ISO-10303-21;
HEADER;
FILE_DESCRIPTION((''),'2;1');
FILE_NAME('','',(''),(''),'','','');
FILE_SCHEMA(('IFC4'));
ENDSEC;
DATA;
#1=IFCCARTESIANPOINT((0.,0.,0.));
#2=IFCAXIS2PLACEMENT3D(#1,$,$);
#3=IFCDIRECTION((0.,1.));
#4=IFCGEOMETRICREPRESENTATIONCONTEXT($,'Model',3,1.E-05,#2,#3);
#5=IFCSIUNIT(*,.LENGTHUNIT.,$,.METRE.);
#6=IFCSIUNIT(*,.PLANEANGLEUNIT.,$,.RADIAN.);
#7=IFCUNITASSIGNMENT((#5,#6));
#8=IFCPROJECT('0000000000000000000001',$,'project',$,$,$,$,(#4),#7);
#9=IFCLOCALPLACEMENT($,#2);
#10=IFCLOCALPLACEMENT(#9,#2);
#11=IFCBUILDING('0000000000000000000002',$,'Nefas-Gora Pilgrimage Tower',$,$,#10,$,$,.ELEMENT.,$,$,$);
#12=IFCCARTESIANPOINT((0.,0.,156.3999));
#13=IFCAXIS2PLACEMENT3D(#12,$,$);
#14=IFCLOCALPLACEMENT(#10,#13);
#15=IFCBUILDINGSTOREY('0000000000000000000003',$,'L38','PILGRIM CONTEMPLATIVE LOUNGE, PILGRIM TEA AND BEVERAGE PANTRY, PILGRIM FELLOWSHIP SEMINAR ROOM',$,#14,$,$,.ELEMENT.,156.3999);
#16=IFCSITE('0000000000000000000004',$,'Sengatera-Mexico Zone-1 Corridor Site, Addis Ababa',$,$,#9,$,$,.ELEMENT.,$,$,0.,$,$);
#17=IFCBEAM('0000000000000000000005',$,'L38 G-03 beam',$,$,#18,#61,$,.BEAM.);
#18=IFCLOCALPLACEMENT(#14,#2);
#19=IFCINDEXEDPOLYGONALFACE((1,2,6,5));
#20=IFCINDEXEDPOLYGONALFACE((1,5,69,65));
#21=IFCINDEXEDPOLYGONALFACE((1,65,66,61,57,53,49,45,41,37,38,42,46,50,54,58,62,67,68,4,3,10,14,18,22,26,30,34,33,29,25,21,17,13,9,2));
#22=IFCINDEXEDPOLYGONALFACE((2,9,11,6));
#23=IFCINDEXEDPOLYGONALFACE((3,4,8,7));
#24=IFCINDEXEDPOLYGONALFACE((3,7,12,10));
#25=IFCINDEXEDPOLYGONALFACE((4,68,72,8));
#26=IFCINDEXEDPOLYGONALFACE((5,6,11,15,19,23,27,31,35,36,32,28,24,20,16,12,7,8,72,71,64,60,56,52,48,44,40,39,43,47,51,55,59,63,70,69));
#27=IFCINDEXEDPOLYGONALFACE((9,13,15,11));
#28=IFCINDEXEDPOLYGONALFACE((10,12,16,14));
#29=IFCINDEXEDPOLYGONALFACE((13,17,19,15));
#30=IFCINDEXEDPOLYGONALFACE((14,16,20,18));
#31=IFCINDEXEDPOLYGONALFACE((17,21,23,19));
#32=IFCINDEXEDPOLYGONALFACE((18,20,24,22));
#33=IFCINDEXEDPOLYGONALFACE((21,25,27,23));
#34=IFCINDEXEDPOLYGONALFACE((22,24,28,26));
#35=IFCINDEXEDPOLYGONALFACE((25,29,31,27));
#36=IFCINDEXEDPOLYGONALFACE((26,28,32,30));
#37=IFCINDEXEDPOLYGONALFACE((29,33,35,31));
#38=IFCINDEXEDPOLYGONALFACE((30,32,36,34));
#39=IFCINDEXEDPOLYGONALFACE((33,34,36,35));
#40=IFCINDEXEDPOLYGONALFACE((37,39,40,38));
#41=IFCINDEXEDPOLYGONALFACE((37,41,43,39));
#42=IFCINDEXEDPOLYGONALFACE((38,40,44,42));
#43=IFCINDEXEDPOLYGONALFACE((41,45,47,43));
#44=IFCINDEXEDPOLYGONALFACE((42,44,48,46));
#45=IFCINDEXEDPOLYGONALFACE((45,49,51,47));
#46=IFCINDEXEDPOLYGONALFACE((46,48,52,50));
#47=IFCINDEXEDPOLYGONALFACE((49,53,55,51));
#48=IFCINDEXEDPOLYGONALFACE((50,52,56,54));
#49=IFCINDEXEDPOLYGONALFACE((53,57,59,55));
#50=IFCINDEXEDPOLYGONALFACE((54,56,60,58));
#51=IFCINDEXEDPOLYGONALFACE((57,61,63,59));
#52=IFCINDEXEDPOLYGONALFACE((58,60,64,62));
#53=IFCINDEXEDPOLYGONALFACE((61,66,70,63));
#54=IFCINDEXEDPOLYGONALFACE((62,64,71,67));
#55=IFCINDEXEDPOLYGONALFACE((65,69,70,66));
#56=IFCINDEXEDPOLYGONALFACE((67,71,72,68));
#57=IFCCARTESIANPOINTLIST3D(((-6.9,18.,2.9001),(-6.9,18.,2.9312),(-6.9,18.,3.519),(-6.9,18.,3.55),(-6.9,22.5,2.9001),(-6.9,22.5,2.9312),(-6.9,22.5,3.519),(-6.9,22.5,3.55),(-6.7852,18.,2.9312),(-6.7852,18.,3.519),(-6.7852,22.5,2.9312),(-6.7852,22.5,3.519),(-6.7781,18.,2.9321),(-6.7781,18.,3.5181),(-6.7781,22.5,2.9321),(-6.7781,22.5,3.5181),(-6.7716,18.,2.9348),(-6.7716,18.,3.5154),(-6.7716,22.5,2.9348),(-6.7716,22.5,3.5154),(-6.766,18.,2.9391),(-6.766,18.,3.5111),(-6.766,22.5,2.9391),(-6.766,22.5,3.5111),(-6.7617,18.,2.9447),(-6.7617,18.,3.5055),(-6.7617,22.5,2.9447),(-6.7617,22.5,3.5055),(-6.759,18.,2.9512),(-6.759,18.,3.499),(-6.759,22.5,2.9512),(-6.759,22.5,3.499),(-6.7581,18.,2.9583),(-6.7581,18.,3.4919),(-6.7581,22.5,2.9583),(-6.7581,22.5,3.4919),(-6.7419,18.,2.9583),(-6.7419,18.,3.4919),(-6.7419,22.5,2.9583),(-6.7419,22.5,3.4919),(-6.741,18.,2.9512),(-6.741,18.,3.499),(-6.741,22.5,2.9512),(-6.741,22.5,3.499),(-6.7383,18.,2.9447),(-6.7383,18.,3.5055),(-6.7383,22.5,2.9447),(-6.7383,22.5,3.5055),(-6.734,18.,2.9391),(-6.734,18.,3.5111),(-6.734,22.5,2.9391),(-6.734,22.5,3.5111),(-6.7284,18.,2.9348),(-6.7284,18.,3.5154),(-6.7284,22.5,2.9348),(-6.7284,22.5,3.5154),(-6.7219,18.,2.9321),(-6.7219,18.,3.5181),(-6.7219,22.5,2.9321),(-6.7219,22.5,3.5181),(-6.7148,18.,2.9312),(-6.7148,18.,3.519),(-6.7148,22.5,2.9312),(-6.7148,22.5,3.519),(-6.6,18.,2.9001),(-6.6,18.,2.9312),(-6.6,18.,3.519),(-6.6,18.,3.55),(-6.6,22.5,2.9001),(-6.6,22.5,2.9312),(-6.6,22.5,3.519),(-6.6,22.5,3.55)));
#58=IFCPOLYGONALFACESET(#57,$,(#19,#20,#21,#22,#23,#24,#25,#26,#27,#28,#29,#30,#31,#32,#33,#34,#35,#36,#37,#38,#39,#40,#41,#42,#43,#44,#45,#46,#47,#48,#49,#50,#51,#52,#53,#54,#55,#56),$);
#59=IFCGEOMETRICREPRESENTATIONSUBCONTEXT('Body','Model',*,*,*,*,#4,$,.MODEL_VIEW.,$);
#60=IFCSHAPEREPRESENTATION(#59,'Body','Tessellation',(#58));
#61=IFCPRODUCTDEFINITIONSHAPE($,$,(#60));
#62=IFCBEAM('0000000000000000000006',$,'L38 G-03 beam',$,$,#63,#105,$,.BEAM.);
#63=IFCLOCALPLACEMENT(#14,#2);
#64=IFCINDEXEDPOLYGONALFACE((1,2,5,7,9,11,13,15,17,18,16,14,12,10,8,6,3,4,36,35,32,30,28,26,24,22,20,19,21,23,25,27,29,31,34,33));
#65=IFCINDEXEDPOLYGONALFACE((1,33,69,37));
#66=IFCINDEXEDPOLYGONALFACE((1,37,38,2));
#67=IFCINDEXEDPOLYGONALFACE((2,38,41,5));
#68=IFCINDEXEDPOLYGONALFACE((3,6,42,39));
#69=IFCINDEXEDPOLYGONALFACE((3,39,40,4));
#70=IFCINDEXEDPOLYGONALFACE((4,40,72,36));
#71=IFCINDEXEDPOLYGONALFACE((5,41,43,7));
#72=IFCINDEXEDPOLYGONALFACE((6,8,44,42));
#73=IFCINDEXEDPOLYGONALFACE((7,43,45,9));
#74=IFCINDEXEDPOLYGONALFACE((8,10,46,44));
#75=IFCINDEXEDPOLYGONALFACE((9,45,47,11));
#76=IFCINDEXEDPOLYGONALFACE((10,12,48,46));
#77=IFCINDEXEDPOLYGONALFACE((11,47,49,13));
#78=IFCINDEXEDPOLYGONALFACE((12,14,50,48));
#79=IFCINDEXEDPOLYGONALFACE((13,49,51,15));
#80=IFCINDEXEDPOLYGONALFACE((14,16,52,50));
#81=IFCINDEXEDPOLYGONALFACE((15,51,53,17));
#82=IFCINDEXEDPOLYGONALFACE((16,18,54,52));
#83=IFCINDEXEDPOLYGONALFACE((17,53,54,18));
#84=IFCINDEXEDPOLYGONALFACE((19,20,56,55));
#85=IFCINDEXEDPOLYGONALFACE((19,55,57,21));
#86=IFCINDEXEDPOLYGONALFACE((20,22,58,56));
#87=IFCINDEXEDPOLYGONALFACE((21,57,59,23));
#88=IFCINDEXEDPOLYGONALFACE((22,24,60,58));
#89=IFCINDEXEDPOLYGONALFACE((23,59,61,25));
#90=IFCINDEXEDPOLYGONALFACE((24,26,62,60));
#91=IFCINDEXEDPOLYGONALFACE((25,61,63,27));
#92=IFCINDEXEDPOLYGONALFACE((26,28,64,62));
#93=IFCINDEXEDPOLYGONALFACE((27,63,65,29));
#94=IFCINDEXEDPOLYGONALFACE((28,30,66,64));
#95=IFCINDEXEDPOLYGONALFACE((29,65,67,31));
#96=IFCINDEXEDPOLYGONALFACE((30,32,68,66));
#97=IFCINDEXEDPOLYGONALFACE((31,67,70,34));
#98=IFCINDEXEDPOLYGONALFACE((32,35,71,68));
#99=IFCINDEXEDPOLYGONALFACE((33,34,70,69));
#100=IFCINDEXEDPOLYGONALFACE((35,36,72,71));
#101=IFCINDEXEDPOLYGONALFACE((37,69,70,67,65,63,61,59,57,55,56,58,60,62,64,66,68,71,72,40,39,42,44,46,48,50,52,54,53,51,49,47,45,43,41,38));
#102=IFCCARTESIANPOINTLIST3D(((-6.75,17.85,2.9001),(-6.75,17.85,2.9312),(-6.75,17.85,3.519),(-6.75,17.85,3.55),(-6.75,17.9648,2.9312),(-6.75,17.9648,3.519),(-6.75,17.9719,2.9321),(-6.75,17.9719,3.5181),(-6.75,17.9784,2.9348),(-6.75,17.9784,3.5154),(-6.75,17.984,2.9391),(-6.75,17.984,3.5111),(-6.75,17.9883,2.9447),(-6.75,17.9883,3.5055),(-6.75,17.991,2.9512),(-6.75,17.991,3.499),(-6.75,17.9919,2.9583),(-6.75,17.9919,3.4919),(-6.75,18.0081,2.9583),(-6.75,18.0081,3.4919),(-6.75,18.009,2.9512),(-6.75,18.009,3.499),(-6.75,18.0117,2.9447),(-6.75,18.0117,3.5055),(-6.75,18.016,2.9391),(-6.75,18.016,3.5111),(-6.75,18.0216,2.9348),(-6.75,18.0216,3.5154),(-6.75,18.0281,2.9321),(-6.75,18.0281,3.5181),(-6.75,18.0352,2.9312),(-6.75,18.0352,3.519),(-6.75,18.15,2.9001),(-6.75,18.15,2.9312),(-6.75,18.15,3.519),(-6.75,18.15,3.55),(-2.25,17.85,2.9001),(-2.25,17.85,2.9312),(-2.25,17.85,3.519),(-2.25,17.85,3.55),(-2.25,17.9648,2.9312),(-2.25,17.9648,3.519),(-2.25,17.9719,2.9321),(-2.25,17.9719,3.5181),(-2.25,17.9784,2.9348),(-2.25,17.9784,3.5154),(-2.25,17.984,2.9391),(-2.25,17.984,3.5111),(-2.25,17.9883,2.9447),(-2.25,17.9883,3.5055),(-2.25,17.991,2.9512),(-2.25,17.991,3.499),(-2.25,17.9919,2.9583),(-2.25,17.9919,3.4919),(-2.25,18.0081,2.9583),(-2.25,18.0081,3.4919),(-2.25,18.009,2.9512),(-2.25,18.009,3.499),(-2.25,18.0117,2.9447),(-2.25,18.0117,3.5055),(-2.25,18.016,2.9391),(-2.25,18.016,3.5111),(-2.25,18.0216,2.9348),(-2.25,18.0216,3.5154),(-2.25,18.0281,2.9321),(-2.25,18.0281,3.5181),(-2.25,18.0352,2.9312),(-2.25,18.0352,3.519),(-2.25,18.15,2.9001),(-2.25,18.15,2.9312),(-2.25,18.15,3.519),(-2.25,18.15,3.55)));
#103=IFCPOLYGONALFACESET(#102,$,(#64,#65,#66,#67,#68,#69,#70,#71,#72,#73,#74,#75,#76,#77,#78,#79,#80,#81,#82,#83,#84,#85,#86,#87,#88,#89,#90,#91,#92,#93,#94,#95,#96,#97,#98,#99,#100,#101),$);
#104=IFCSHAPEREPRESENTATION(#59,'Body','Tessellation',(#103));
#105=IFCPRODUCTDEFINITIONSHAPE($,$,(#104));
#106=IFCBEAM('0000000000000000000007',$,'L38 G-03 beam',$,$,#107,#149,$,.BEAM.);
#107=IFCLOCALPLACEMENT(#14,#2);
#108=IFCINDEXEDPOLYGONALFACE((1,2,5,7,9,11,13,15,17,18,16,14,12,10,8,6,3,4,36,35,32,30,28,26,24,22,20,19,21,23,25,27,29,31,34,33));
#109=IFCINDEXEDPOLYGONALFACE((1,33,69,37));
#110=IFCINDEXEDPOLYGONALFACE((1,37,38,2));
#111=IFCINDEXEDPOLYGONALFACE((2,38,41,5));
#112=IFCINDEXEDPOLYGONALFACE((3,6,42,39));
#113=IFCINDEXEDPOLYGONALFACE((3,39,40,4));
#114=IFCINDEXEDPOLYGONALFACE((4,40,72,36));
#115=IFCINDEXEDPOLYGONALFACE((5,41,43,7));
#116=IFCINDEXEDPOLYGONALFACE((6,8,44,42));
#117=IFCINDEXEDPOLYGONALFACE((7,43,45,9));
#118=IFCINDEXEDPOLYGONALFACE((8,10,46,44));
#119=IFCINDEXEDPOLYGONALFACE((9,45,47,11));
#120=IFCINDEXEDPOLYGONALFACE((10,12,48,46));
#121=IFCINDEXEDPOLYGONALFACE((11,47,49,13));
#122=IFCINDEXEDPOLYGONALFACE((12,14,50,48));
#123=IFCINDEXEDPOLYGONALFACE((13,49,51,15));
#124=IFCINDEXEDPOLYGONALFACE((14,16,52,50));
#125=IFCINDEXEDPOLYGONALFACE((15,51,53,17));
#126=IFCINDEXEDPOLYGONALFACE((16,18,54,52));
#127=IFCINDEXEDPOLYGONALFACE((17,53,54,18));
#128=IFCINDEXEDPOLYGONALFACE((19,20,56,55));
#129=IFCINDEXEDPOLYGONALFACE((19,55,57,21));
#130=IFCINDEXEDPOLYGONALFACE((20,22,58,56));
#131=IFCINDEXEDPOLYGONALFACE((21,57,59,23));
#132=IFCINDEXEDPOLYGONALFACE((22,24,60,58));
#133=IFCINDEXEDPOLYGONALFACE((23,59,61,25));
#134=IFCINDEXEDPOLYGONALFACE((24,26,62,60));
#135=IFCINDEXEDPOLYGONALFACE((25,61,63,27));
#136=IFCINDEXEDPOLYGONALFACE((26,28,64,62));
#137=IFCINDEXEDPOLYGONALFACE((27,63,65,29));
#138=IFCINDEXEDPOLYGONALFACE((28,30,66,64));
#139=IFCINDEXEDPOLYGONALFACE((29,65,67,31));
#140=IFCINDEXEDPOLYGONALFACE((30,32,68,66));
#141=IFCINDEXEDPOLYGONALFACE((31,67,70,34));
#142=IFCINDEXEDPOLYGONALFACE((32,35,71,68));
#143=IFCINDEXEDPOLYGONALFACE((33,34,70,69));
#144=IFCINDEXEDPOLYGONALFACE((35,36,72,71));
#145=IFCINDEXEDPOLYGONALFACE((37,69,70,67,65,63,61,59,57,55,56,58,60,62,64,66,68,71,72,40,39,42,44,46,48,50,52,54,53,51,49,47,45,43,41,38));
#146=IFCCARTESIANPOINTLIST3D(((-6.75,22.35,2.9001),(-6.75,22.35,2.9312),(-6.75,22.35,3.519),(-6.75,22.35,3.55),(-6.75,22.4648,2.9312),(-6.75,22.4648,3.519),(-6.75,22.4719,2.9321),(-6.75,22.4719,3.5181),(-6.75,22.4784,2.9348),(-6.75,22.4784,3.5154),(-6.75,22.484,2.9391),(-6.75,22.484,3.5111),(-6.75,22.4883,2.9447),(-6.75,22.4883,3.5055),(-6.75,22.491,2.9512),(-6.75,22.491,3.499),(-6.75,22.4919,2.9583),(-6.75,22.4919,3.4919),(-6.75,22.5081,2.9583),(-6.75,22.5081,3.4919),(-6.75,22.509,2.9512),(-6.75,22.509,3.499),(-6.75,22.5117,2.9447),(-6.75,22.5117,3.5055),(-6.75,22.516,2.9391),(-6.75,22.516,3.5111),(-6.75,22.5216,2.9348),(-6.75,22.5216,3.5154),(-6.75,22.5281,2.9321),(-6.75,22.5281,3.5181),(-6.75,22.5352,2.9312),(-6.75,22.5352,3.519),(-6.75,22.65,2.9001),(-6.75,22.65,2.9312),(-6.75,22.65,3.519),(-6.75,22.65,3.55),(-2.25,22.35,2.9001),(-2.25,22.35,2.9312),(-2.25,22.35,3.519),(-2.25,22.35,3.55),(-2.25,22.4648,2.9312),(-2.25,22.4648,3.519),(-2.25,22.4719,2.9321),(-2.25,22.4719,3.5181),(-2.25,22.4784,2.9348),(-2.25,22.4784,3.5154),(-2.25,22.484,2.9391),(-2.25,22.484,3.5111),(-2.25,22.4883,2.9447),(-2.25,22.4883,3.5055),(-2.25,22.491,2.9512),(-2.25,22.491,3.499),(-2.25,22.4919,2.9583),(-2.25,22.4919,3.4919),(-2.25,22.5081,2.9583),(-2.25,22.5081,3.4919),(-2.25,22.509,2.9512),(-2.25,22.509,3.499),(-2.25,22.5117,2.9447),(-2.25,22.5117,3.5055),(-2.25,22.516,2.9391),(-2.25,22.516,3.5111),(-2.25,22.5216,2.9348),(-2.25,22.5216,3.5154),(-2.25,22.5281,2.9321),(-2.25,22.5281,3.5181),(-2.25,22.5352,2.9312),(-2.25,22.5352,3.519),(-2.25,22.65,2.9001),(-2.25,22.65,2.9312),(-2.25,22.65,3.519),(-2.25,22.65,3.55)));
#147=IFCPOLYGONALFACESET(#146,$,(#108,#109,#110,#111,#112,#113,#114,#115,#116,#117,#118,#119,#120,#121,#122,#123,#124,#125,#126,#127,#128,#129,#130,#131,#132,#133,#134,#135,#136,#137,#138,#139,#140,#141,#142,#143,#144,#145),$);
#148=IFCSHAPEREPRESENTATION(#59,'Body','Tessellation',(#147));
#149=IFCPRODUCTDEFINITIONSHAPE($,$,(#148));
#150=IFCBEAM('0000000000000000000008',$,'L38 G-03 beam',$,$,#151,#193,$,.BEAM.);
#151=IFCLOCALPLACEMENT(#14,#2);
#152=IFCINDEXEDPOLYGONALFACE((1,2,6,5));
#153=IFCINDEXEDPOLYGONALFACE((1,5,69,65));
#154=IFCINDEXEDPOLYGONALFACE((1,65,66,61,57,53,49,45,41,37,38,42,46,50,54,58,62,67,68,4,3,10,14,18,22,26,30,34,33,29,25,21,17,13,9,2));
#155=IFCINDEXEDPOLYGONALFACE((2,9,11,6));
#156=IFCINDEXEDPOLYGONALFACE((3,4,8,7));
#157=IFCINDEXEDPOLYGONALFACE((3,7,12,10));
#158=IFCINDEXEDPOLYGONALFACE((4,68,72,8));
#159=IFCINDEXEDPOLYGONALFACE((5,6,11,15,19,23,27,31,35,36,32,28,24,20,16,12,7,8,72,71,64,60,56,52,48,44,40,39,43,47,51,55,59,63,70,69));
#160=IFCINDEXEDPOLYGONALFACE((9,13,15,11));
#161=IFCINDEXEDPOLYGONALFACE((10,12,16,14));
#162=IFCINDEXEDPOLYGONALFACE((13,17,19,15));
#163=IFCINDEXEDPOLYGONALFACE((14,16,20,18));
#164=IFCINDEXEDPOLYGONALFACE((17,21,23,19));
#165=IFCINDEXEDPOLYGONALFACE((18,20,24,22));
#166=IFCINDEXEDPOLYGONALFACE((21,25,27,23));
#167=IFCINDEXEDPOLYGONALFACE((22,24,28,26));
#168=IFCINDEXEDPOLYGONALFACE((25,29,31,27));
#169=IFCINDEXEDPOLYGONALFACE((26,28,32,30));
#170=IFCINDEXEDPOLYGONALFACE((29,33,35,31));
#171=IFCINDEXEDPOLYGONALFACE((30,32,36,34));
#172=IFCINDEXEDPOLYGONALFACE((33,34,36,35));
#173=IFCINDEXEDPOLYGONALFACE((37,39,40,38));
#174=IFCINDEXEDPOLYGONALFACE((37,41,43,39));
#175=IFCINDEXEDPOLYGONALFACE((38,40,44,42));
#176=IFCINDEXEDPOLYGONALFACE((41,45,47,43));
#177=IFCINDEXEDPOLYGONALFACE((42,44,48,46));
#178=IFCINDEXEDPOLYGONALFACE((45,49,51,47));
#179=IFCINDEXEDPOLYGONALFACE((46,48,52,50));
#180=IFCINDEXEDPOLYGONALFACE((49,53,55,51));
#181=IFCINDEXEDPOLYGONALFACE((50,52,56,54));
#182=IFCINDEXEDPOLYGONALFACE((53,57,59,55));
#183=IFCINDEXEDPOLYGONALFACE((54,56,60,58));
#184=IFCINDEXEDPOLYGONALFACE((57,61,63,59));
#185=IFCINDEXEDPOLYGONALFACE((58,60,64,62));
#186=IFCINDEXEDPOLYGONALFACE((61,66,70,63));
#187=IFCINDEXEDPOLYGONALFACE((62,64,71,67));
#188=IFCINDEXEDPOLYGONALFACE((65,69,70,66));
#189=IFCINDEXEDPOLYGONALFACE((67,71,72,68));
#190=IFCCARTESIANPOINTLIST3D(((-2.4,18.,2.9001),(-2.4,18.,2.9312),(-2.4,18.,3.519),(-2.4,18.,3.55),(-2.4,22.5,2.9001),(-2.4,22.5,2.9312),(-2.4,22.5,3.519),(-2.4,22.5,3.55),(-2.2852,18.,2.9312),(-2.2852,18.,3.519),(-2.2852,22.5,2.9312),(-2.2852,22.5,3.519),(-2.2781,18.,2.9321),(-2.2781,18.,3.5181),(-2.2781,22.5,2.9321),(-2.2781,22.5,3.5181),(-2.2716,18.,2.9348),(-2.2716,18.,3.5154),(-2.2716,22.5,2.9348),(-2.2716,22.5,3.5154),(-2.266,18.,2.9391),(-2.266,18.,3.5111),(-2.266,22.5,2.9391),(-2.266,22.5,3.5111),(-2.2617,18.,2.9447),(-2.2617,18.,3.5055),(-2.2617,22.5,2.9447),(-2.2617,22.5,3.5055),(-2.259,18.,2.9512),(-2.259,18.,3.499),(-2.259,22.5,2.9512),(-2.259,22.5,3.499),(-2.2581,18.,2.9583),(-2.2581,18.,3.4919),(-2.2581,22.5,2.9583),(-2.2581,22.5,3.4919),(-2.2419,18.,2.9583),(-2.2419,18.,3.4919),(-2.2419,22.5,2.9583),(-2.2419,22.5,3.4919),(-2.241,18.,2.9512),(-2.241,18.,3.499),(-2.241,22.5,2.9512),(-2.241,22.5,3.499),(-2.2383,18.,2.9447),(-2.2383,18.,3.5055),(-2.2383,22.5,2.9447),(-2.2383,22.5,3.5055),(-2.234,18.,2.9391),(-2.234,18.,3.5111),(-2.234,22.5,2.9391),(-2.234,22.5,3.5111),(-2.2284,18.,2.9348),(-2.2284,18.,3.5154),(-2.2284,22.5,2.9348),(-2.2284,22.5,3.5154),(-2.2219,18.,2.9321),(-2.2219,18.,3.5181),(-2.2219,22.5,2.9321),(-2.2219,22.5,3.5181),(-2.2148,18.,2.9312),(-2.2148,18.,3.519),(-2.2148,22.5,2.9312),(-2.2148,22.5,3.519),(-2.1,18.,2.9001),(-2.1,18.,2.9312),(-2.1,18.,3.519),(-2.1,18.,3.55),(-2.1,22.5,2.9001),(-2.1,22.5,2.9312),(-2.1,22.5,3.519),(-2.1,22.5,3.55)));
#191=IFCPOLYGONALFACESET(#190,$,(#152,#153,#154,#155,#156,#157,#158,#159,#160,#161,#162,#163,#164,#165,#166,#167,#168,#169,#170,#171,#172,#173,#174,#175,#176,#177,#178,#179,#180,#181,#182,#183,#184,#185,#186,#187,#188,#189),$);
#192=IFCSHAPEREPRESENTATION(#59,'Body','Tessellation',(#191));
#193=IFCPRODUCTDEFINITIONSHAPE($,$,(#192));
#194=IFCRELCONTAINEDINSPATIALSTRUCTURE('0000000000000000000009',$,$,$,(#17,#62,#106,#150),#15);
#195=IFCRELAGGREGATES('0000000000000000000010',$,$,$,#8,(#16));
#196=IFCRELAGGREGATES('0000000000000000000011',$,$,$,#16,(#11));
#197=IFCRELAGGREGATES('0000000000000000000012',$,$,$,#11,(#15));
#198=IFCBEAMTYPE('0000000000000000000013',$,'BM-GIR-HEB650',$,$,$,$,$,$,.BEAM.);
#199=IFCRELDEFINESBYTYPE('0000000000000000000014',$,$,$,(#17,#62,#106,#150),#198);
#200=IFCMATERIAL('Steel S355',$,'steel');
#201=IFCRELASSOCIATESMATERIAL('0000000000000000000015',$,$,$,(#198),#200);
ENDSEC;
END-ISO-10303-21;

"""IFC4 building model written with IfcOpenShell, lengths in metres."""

from ifc_helpers import new_model, si_unit, direction, frame, origin, origin_2d, place, context, subcontext, project, spatial, i_section, extrude, source, transform, mapped, material, material_profile, profile_set, type_object, element, save


model = new_model("IFC4")

# Units and contexts
model_context = context("Model", 3, precision=1e-05, world=origin(), true_north=direction((0.0, 1.0)))
body_context = subcontext(model_context, "Body", "Model", "MODEL_VIEW")
ifc_project = project(units=[si_unit("LENGTHUNIT", "METRE"), si_unit("PLANEANGLEUNIT", "RADIAN")], contexts=[model_context])

# Site, building, storey
site_placement = place(None, origin())
site = spatial("IfcSite", under=ifc_project, at=site_placement, Name="Sengatera-Mexico Zone-1 Corridor Site, Addis Ababa", CompositionType="ELEMENT", RefElevation=0.0)
building_placement = place(site_placement, origin())
building = spatial("IfcBuilding", under=site, at=building_placement, Name="Nefas-Gora Pilgrimage Tower", CompositionType="ELEMENT")
storey_placement = place(building_placement, frame((0.0, 0.0, 156.3999)))
storey = spatial("IfcBuildingStorey", under=building, at=storey_placement, Name="L38", Description="PILGRIM CONTEMPLATIVE LOUNGE, PILGRIM TEA AND BEVERAGE PANTRY, PILGRIM FELLOWSHIP SEMINAR ROOM", CompositionType="ELEMENT", Elevation=156.3999)

# Beams
ifc_material_1 = material(Name="Steel S355", Category="steel")
ifc_material_profile_1 = material_profile(ifc_material_1, i_section(OverallWidth=0.3, OverallDepth=0.6499, WebThickness=0.0161, FlangeThickness=0.031, FilletRadius=0.0271, at=origin_2d()), Name="HEB 650")
ifc_profile_set_1 = profile_set([ifc_material_profile_1], Name="Steel S355")
beam_type = type_object("IfcBeamType", Name="BM-GIR-HEB650", PredefinedType="BEAM", material=ifc_profile_set_1)
shared_shape_1 = source(origin(), body_context, "Body", "SweptSolid", [
    extrude(i_section(OverallWidth=0.3, OverallDepth=0.6499, WebThickness=0.0161, FlangeThickness=0.031, FilletRadius=0.0271, at=origin_2d()), origin(), (0.0, 0.0, 1.0), 4.5),
])
for number, where, z_axis, x_axis, name in (
    (1, (-6.75, 18.0, 3.2251), (0.0, 1.0, 0.0), (-1.0, 0.0, 0.0), "L38 G-03 beam"),
    (2, (-6.75, 18.0, 3.2251), (1.0, 0.0, 0.0), (0.0, 1.0, 0.0), "L38 G-03 beam"),
    (3, (-6.75, 22.5, 3.2251), (1.0, 0.0, 0.0), (0.0, 1.0, 0.0), "L38 G-03 beam"),
    (4, (-2.25, 18.0, 3.2251), (0.0, 1.0, 0.0), (-1.0, 0.0, 0.0), "L38 G-03 beam"),
):
    element("IfcBeam", number, at=place(storey_placement, frame(where, z_axis=z_axis, x_axis=x_axis)), inside=storey, type_object=beam_type, Name=name, PredefinedType="BEAM", context=body_context, shape_type="MappedRepresentation", body=[
        mapped(shared_shape_1, transform((0.0, 0.0, 0.0), x_axis=(1.0, 0.0, 0.0), y_axis=(0.0, 1.0, 0.0), z_axis=(0.0, 0.0, 1.0), scale=1.0)),
    ])

save(model, "model.ifc")
